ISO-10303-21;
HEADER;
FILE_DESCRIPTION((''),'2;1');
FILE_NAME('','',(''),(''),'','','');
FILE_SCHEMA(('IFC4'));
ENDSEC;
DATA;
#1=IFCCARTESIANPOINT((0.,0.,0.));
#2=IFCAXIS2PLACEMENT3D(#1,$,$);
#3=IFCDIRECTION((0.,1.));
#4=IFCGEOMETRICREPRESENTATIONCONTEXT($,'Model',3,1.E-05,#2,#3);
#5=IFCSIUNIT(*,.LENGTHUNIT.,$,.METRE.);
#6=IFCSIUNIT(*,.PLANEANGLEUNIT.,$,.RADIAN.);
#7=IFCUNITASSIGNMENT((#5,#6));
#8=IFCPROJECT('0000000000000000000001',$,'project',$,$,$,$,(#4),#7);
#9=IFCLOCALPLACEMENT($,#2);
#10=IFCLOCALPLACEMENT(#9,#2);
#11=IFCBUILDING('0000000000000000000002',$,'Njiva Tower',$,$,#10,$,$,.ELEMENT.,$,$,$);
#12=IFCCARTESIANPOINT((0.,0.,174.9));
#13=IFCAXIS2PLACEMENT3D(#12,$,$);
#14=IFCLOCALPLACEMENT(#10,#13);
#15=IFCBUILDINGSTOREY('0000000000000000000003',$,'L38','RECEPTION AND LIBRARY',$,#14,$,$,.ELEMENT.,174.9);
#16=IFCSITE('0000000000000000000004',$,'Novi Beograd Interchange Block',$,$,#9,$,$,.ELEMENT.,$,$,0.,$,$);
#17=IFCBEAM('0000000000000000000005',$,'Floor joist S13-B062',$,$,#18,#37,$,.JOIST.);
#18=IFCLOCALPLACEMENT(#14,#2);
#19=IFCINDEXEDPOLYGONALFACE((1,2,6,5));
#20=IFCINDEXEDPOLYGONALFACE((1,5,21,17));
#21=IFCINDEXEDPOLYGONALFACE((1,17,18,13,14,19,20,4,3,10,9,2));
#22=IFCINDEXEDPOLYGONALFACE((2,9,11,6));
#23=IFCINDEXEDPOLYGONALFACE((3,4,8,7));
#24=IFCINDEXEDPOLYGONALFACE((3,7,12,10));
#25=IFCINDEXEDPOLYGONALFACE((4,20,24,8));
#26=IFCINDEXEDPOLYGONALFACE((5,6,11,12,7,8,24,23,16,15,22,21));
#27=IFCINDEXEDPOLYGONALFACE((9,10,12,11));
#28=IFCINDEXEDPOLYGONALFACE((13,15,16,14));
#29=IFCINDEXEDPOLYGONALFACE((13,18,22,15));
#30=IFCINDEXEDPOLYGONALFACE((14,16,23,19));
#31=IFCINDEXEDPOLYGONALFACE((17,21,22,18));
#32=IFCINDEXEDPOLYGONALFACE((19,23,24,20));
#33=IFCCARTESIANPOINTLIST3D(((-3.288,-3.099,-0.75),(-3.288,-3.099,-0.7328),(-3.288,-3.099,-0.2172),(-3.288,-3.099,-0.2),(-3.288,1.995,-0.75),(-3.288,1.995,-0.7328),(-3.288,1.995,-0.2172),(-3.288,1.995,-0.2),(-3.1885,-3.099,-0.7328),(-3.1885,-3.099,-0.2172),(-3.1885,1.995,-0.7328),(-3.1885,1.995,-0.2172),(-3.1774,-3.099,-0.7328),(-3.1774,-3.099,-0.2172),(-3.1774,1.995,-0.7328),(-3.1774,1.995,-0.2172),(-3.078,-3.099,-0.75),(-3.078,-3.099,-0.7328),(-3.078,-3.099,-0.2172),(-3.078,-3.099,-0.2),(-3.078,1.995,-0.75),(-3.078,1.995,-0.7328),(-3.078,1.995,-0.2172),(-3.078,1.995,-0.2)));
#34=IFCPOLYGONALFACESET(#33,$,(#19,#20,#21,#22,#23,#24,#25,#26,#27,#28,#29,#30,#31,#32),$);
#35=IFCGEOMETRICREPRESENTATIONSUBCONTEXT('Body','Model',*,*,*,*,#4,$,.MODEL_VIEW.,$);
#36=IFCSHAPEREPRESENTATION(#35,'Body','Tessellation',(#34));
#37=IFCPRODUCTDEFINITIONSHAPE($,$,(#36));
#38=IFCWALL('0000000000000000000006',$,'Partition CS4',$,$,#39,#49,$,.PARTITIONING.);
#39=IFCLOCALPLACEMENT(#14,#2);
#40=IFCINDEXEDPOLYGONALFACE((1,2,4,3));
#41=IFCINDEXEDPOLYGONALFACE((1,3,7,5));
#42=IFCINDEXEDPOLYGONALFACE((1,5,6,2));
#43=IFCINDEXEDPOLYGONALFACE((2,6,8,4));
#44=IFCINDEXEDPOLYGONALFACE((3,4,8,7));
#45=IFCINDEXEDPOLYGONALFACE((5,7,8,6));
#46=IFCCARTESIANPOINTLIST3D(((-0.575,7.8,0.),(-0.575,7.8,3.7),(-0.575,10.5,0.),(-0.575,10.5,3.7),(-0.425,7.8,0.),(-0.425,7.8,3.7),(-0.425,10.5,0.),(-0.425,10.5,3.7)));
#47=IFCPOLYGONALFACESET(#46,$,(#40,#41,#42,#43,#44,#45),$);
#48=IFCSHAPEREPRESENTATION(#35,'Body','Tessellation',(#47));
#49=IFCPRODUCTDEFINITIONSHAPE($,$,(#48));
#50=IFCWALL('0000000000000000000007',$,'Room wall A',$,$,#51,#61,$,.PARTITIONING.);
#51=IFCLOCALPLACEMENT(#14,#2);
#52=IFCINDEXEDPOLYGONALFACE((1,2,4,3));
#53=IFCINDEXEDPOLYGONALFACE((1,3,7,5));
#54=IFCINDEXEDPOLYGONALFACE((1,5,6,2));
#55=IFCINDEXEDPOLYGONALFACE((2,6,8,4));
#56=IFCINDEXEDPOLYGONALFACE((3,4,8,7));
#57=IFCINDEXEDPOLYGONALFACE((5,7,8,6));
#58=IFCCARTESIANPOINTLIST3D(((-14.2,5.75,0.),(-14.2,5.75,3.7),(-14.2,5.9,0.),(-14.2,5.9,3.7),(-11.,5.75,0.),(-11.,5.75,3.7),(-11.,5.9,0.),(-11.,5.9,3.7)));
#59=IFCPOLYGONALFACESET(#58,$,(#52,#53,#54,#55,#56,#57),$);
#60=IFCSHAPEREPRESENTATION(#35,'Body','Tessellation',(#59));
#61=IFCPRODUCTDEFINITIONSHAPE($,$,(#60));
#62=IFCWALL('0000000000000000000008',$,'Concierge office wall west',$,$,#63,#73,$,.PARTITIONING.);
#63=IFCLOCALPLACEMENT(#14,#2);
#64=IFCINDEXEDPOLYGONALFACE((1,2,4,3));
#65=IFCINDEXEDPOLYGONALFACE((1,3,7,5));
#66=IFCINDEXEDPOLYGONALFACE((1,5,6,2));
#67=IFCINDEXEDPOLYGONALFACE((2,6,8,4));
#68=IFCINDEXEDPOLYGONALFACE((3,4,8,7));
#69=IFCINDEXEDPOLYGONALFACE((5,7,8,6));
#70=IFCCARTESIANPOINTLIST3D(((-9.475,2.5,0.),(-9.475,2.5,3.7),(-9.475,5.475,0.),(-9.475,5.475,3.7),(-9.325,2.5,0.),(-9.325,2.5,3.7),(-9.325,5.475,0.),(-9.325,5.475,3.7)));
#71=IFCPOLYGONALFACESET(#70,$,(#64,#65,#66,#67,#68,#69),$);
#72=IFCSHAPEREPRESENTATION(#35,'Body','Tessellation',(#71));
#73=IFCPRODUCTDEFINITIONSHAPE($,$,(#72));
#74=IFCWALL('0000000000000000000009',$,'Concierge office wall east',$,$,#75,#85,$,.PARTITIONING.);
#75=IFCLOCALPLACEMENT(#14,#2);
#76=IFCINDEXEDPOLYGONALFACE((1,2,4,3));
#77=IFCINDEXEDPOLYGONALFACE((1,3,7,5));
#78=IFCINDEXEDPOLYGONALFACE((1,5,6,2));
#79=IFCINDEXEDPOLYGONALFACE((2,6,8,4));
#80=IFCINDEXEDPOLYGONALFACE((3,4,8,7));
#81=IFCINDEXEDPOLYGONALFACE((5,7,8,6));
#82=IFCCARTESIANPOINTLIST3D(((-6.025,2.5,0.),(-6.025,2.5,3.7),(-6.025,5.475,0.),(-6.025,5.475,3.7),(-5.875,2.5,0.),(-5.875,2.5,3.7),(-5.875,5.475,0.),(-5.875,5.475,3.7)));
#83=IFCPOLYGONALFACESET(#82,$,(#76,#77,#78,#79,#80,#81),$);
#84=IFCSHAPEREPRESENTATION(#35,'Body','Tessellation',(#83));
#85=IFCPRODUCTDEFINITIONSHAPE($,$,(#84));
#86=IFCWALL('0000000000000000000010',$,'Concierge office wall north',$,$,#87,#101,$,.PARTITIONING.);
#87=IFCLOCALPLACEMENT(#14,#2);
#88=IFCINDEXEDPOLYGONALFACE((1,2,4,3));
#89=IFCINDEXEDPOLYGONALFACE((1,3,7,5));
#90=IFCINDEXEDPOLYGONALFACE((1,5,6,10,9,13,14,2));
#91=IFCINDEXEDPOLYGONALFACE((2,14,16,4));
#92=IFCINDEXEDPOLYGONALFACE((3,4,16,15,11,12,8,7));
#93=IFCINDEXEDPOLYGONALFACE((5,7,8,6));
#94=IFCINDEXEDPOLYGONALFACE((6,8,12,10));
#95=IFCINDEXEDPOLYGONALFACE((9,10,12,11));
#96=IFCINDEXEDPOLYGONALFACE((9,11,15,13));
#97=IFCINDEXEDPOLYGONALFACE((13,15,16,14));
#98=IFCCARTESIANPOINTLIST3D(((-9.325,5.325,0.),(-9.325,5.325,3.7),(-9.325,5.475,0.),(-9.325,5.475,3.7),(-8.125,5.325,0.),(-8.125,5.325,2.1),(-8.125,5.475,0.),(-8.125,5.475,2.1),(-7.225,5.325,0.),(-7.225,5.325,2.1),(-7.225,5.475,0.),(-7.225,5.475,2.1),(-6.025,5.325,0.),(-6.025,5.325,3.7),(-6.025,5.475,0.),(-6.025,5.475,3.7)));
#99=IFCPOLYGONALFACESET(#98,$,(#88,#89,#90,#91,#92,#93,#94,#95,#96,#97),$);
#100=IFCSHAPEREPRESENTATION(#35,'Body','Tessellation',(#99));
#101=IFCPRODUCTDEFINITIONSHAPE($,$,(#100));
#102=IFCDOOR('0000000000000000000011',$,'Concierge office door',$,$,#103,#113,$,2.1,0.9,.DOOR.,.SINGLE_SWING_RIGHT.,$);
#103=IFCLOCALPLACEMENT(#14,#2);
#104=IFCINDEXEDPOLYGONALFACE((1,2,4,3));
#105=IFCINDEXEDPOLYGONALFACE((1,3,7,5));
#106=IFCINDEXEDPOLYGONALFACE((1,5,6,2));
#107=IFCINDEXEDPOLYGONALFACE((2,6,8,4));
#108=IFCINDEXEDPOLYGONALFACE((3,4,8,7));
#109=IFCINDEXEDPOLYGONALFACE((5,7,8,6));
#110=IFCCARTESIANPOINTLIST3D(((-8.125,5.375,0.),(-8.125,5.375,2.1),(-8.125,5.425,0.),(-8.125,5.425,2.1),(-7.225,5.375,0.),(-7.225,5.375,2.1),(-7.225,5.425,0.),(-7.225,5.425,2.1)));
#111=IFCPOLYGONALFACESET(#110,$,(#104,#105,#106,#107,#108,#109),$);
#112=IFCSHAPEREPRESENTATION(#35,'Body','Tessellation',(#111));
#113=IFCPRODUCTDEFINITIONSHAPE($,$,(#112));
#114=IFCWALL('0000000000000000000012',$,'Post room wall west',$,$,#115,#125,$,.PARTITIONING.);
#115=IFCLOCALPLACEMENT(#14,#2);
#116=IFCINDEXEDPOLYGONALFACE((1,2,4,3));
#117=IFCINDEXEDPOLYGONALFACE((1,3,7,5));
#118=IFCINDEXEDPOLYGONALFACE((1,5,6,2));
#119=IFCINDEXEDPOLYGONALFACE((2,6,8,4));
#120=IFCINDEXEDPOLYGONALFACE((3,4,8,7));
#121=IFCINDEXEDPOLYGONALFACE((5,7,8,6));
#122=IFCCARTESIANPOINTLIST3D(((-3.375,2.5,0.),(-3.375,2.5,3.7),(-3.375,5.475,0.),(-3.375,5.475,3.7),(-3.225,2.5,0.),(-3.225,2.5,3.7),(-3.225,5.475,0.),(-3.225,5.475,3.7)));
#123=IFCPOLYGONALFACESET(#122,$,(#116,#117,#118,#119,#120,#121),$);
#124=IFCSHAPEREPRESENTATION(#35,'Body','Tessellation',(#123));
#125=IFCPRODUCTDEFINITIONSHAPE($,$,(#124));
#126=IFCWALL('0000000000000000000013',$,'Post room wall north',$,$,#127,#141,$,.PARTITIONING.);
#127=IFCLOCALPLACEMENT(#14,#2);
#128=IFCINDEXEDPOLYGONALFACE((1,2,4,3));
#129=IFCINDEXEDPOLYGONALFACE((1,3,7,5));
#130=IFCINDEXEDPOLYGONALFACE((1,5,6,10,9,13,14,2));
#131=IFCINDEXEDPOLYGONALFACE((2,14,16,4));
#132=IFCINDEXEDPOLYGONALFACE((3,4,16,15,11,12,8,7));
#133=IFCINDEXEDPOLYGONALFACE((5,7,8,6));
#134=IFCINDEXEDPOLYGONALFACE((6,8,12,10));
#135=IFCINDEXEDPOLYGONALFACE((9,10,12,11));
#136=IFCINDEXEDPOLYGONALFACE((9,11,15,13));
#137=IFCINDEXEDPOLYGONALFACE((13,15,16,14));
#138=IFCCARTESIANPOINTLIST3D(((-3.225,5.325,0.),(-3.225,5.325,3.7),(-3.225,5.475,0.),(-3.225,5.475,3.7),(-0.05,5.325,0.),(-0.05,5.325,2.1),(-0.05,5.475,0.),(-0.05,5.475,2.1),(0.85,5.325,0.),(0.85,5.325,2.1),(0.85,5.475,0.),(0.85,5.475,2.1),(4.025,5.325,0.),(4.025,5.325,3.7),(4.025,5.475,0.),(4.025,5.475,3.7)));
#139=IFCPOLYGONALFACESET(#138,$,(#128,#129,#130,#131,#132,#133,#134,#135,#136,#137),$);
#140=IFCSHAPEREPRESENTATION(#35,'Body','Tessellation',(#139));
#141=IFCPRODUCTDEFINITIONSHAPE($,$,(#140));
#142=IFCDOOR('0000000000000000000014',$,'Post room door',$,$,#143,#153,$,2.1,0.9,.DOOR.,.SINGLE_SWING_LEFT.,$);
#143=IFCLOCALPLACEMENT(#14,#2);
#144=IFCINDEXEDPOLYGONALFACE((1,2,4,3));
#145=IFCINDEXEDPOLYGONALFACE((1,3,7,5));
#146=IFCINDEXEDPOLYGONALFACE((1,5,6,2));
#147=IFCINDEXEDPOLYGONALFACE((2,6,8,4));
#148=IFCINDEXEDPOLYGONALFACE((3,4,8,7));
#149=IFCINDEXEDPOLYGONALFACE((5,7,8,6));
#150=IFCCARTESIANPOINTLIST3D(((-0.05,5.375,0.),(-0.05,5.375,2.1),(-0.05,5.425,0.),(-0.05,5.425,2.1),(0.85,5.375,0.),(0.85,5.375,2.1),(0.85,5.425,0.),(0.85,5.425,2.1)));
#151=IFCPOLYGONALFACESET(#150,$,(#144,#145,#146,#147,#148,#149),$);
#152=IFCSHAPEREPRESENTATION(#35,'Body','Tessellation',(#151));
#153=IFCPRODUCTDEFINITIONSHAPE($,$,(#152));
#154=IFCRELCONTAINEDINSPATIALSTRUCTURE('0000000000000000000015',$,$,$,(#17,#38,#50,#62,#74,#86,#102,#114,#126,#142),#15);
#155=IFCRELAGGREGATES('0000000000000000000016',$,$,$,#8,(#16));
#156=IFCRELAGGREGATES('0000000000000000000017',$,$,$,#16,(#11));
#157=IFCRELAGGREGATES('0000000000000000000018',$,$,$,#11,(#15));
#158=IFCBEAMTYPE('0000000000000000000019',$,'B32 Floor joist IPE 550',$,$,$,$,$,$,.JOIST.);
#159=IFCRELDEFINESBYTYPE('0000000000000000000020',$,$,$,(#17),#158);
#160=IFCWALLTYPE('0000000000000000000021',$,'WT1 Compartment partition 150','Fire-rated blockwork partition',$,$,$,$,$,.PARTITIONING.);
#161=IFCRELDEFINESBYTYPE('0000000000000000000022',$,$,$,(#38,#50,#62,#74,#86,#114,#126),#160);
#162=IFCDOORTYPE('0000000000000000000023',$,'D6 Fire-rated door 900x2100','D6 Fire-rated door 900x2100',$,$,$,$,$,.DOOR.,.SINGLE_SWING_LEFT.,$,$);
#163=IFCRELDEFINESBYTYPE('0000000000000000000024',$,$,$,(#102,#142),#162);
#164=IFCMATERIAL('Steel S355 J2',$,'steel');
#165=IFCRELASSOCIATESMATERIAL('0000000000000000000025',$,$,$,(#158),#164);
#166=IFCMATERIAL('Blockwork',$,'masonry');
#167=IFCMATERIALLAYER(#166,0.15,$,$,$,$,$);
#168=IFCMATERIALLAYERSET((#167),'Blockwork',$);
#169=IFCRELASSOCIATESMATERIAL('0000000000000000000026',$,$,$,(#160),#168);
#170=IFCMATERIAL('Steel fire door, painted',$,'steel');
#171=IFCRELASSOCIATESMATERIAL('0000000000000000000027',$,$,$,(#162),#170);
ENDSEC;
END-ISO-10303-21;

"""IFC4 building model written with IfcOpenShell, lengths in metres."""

from ifc_helpers import new_model, si_unit, direction, frame, frame_2d, origin, origin_2d, place, context, subcontext, project, spatial, rectangle, i_section, extrude, material, layer, layer_set, material_profile, profile_set, type_object, element, fill, save


model = new_model("IFC4")

# Units and contexts
model_context = context("Model", 3, precision=1e-05, world=origin(), true_north=direction((0.0, 1.0)))
body_context = subcontext(model_context, "Body", "Model", "MODEL_VIEW")
ifc_project = project(units=[si_unit("LENGTHUNIT", "METRE"), si_unit("PLANEANGLEUNIT", "RADIAN")], contexts=[model_context])

# Site, building, storey
site_placement = place(None, origin())
site = spatial("IfcSite", under=ifc_project, at=site_placement, Name="Novi Beograd Interchange Block", CompositionType="ELEMENT", RefElevation=0.0)
building_placement = place(site_placement, origin())
building = spatial("IfcBuilding", under=site, at=building_placement, Name="Njiva Tower", CompositionType="ELEMENT")
storey_placement = place(building_placement, frame((0.0, 0.0, 174.9)))
storey = spatial("IfcBuildingStorey", under=building, at=storey_placement, Name="L38", Description="RECEPTION AND LIBRARY", CompositionType="ELEMENT", Elevation=174.9)

# Beam
ifc_material_1 = material(Name="Steel S355 J2", Category="steel")
ifc_material_profile = material_profile(ifc_material_1, i_section(OverallWidth=0.21, OverallDepth=0.55, WebThickness=0.0111, FlangeThickness=0.0172, at=origin_2d()), Name="IPE 550")
ifc_profile_set = profile_set([ifc_material_profile], Name="Steel S355 J2")
beam_type = type_object("IfcBeamType", Name="B32 Floor joist IPE 550", PredefinedType="JOIST", material=ifc_profile_set)
beam_placement = place(storey_placement, frame((-3.183, 1.995, -0.475), z_axis=(0.0, -1.0, 0.0), x_axis=(1.0, 0.0, 0.0)))
element("IfcBeam", 1, at=beam_placement, inside=storey, type_object=beam_type, Name="Floor joist S13-B062", PredefinedType="JOIST", context=body_context, shape_type="SweptSolid", body=[
    extrude(i_section(OverallWidth=0.21, OverallDepth=0.55, WebThickness=0.0111, FlangeThickness=0.0172, at=origin_2d()), origin(), (0.0, 0.0, 1.0), 5.094),
])

# Walls
ifc_material_2 = material(Name="Blockwork", Category="masonry")
ifc_layer_1 = layer(ifc_material_2, 0.15)
ifc_layer_set_1 = layer_set([ifc_layer_1], Name="Blockwork")
wall_type_1 = type_object("IfcWallType", Name="WT1 Compartment partition 150", Description="Fire-rated blockwork partition", PredefinedType="PARTITIONING", material=ifc_layer_set_1)
wall_1_placement = place(storey_placement, frame((-0.5, 7.8, 0.0), z_axis=(0.0, 0.0, 1.0), x_axis=(0.0, 1.0, 0.0)))
element("IfcWall", 2, at=wall_1_placement, inside=storey, type_object=wall_type_1, Name="Partition CS4", PredefinedType="PARTITIONING", context=body_context, shape_type="SweptSolid", body=[
    extrude(rectangle(XDim=2.7, YDim=0.15, at=frame_2d((1.35, 0.0))), origin(), (0.0, 0.0, 1.0), 3.7),
])
wall_2_placement = place(storey_placement, frame((-14.2, 5.825, 0.0), z_axis=(0.0, 0.0, 1.0), x_axis=(1.0, 0.0, 0.0)))
element("IfcWall", 3, at=wall_2_placement, inside=storey, type_object=wall_type_1, Name="Room wall A", PredefinedType="PARTITIONING", context=body_context, shape_type="SweptSolid", body=[
    extrude(rectangle(XDim=3.2, YDim=0.15, at=frame_2d((1.6, 0.0))), origin(), (0.0, 0.0, 1.0), 3.7),
])
for number, where, z_axis, x_axis, name in (
    (4, (-9.4, 2.5, 0.0), (0.0, 0.0, 1.0), (0.0, 1.0, 0.0), "Concierge office wall west"),
    (5, (-5.95, 2.5, 0.0), (0.0, 0.0, 1.0), (0.0, 1.0, 0.0), "Concierge office wall east"),
):
    element("IfcWall", number, at=place(storey_placement, frame(where, z_axis=z_axis, x_axis=x_axis)), inside=storey, type_object=wall_type_1, Name=name, PredefinedType="PARTITIONING", context=body_context, shape_type="SweptSolid", body=[
        extrude(rectangle(XDim=2.975, YDim=0.15, at=frame_2d((1.4875, 0.0))), origin(), (0.0, 0.0, 1.0), 3.7),
    ])

# Wall, opening, door
wall_3_placement = place(storey_placement, frame((-9.325, 5.4, 0.0), z_axis=(0.0, 0.0, 1.0), x_axis=(1.0, 0.0, 0.0)))
wall_3 = element("IfcWall", 6, at=wall_3_placement, inside=storey, type_object=wall_type_1, Name="Concierge office wall north", PredefinedType="PARTITIONING", context=body_context, shape_type="SweptSolid", body=[
    extrude(rectangle(XDim=3.3, YDim=0.15, at=frame_2d((1.65, 0.0))), origin(), (0.0, 0.0, 1.0), 3.7),
])
opening_1_placement = place(wall_3_placement, frame((1.2, 0.0, 0.0)))
opening_1 = element("IfcOpeningElement", 7, at=opening_1_placement, cuts=wall_3, PredefinedType="OPENING", context=body_context, shape_type="SweptSolid", body=[
    extrude(rectangle(XDim=0.9, YDim=2.1, at=frame_2d((0.45, 1.05))), frame((0.0, 0.085, 0.0), z_axis=(0.0, -1.0, 0.0), x_axis=(1.0, 0.0, 0.0)), (0.0, 0.0, 1.0), 0.17),
])
ifc_material_3 = material(Name="Steel fire door, painted", Category="steel")
door_type_1 = type_object("IfcDoorType", Name="D6 Fire-rated door 900x2100", Description="D6 Fire-rated door 900x2100", OperationType="SINGLE_SWING_LEFT", PredefinedType="DOOR", material=ifc_material_3)
door_1_placement = place(opening_1_placement, origin())
door_1 = element("IfcDoor", 8, at=door_1_placement, inside=storey, type_object=door_type_1, Name="Concierge office door", OperationType="SINGLE_SWING_RIGHT", OverallHeight=2.1, OverallWidth=0.9, PredefinedType="DOOR", context=body_context, shape_type="SweptSolid", body=[
    extrude(rectangle(XDim=0.9, YDim=2.1, at=frame_2d((0.45, 1.05))), frame((0.0, 0.025, 0.0), z_axis=(0.0, -1.0, 0.0), x_axis=(1.0, 0.0, 0.0)), (0.0, 0.0, 1.0), 0.05),
])
fill(opening_1, door_1)

# Wall
wall_4_placement = place(storey_placement, frame((-3.3, 2.5, 0.0), z_axis=(0.0, 0.0, 1.0), x_axis=(0.0, 1.0, 0.0)))
element("IfcWall", 9, at=wall_4_placement, inside=storey, type_object=wall_type_1, Name="Post room wall west", PredefinedType="PARTITIONING", context=body_context, shape_type="SweptSolid", body=[
    extrude(rectangle(XDim=2.975, YDim=0.15, at=frame_2d((1.4875, 0.0))), origin(), (0.0, 0.0, 1.0), 3.7),
])

# Wall, opening, door
wall_5_placement = place(storey_placement, frame((-3.225, 5.4, 0.0), z_axis=(0.0, 0.0, 1.0), x_axis=(1.0, 0.0, 0.0)))
wall_5 = element("IfcWall", 10, at=wall_5_placement, inside=storey, type_object=wall_type_1, Name="Post room wall north", PredefinedType="PARTITIONING", context=body_context, shape_type="SweptSolid", body=[
    extrude(rectangle(XDim=7.25, YDim=0.15, at=frame_2d((3.625, 0.0))), origin(), (0.0, 0.0, 1.0), 3.7),
])
opening_2_placement = place(wall_5_placement, frame((3.175, 0.0, 0.0)))
opening_2 = element("IfcOpeningElement", 11, at=opening_2_placement, cuts=wall_5, PredefinedType="OPENING", context=body_context, shape_type="SweptSolid", body=[
    extrude(rectangle(XDim=0.9, YDim=2.1, at=frame_2d((0.45, 1.05))), frame((0.0, 0.085, 0.0), z_axis=(0.0, -1.0, 0.0), x_axis=(1.0, 0.0, 0.0)), (0.0, 0.0, 1.0), 0.17),
])
door_2_placement = place(opening_2_placement, origin())
door_2 = element("IfcDoor", 12, at=door_2_placement, inside=storey, type_object=door_type_1, Name="Post room door", OperationType="SINGLE_SWING_LEFT", OverallHeight=2.1, OverallWidth=0.9, PredefinedType="DOOR", context=body_context, shape_type="SweptSolid", body=[
    extrude(rectangle(XDim=0.9, YDim=2.1, at=frame_2d((0.45, 1.05))), frame((0.0, 0.025, 0.0), z_axis=(0.0, -1.0, 0.0), x_axis=(1.0, 0.0, 0.0)), (0.0, 0.0, 1.0), 0.05),
])
fill(opening_2, door_2)

save(model, "model.ifc")
